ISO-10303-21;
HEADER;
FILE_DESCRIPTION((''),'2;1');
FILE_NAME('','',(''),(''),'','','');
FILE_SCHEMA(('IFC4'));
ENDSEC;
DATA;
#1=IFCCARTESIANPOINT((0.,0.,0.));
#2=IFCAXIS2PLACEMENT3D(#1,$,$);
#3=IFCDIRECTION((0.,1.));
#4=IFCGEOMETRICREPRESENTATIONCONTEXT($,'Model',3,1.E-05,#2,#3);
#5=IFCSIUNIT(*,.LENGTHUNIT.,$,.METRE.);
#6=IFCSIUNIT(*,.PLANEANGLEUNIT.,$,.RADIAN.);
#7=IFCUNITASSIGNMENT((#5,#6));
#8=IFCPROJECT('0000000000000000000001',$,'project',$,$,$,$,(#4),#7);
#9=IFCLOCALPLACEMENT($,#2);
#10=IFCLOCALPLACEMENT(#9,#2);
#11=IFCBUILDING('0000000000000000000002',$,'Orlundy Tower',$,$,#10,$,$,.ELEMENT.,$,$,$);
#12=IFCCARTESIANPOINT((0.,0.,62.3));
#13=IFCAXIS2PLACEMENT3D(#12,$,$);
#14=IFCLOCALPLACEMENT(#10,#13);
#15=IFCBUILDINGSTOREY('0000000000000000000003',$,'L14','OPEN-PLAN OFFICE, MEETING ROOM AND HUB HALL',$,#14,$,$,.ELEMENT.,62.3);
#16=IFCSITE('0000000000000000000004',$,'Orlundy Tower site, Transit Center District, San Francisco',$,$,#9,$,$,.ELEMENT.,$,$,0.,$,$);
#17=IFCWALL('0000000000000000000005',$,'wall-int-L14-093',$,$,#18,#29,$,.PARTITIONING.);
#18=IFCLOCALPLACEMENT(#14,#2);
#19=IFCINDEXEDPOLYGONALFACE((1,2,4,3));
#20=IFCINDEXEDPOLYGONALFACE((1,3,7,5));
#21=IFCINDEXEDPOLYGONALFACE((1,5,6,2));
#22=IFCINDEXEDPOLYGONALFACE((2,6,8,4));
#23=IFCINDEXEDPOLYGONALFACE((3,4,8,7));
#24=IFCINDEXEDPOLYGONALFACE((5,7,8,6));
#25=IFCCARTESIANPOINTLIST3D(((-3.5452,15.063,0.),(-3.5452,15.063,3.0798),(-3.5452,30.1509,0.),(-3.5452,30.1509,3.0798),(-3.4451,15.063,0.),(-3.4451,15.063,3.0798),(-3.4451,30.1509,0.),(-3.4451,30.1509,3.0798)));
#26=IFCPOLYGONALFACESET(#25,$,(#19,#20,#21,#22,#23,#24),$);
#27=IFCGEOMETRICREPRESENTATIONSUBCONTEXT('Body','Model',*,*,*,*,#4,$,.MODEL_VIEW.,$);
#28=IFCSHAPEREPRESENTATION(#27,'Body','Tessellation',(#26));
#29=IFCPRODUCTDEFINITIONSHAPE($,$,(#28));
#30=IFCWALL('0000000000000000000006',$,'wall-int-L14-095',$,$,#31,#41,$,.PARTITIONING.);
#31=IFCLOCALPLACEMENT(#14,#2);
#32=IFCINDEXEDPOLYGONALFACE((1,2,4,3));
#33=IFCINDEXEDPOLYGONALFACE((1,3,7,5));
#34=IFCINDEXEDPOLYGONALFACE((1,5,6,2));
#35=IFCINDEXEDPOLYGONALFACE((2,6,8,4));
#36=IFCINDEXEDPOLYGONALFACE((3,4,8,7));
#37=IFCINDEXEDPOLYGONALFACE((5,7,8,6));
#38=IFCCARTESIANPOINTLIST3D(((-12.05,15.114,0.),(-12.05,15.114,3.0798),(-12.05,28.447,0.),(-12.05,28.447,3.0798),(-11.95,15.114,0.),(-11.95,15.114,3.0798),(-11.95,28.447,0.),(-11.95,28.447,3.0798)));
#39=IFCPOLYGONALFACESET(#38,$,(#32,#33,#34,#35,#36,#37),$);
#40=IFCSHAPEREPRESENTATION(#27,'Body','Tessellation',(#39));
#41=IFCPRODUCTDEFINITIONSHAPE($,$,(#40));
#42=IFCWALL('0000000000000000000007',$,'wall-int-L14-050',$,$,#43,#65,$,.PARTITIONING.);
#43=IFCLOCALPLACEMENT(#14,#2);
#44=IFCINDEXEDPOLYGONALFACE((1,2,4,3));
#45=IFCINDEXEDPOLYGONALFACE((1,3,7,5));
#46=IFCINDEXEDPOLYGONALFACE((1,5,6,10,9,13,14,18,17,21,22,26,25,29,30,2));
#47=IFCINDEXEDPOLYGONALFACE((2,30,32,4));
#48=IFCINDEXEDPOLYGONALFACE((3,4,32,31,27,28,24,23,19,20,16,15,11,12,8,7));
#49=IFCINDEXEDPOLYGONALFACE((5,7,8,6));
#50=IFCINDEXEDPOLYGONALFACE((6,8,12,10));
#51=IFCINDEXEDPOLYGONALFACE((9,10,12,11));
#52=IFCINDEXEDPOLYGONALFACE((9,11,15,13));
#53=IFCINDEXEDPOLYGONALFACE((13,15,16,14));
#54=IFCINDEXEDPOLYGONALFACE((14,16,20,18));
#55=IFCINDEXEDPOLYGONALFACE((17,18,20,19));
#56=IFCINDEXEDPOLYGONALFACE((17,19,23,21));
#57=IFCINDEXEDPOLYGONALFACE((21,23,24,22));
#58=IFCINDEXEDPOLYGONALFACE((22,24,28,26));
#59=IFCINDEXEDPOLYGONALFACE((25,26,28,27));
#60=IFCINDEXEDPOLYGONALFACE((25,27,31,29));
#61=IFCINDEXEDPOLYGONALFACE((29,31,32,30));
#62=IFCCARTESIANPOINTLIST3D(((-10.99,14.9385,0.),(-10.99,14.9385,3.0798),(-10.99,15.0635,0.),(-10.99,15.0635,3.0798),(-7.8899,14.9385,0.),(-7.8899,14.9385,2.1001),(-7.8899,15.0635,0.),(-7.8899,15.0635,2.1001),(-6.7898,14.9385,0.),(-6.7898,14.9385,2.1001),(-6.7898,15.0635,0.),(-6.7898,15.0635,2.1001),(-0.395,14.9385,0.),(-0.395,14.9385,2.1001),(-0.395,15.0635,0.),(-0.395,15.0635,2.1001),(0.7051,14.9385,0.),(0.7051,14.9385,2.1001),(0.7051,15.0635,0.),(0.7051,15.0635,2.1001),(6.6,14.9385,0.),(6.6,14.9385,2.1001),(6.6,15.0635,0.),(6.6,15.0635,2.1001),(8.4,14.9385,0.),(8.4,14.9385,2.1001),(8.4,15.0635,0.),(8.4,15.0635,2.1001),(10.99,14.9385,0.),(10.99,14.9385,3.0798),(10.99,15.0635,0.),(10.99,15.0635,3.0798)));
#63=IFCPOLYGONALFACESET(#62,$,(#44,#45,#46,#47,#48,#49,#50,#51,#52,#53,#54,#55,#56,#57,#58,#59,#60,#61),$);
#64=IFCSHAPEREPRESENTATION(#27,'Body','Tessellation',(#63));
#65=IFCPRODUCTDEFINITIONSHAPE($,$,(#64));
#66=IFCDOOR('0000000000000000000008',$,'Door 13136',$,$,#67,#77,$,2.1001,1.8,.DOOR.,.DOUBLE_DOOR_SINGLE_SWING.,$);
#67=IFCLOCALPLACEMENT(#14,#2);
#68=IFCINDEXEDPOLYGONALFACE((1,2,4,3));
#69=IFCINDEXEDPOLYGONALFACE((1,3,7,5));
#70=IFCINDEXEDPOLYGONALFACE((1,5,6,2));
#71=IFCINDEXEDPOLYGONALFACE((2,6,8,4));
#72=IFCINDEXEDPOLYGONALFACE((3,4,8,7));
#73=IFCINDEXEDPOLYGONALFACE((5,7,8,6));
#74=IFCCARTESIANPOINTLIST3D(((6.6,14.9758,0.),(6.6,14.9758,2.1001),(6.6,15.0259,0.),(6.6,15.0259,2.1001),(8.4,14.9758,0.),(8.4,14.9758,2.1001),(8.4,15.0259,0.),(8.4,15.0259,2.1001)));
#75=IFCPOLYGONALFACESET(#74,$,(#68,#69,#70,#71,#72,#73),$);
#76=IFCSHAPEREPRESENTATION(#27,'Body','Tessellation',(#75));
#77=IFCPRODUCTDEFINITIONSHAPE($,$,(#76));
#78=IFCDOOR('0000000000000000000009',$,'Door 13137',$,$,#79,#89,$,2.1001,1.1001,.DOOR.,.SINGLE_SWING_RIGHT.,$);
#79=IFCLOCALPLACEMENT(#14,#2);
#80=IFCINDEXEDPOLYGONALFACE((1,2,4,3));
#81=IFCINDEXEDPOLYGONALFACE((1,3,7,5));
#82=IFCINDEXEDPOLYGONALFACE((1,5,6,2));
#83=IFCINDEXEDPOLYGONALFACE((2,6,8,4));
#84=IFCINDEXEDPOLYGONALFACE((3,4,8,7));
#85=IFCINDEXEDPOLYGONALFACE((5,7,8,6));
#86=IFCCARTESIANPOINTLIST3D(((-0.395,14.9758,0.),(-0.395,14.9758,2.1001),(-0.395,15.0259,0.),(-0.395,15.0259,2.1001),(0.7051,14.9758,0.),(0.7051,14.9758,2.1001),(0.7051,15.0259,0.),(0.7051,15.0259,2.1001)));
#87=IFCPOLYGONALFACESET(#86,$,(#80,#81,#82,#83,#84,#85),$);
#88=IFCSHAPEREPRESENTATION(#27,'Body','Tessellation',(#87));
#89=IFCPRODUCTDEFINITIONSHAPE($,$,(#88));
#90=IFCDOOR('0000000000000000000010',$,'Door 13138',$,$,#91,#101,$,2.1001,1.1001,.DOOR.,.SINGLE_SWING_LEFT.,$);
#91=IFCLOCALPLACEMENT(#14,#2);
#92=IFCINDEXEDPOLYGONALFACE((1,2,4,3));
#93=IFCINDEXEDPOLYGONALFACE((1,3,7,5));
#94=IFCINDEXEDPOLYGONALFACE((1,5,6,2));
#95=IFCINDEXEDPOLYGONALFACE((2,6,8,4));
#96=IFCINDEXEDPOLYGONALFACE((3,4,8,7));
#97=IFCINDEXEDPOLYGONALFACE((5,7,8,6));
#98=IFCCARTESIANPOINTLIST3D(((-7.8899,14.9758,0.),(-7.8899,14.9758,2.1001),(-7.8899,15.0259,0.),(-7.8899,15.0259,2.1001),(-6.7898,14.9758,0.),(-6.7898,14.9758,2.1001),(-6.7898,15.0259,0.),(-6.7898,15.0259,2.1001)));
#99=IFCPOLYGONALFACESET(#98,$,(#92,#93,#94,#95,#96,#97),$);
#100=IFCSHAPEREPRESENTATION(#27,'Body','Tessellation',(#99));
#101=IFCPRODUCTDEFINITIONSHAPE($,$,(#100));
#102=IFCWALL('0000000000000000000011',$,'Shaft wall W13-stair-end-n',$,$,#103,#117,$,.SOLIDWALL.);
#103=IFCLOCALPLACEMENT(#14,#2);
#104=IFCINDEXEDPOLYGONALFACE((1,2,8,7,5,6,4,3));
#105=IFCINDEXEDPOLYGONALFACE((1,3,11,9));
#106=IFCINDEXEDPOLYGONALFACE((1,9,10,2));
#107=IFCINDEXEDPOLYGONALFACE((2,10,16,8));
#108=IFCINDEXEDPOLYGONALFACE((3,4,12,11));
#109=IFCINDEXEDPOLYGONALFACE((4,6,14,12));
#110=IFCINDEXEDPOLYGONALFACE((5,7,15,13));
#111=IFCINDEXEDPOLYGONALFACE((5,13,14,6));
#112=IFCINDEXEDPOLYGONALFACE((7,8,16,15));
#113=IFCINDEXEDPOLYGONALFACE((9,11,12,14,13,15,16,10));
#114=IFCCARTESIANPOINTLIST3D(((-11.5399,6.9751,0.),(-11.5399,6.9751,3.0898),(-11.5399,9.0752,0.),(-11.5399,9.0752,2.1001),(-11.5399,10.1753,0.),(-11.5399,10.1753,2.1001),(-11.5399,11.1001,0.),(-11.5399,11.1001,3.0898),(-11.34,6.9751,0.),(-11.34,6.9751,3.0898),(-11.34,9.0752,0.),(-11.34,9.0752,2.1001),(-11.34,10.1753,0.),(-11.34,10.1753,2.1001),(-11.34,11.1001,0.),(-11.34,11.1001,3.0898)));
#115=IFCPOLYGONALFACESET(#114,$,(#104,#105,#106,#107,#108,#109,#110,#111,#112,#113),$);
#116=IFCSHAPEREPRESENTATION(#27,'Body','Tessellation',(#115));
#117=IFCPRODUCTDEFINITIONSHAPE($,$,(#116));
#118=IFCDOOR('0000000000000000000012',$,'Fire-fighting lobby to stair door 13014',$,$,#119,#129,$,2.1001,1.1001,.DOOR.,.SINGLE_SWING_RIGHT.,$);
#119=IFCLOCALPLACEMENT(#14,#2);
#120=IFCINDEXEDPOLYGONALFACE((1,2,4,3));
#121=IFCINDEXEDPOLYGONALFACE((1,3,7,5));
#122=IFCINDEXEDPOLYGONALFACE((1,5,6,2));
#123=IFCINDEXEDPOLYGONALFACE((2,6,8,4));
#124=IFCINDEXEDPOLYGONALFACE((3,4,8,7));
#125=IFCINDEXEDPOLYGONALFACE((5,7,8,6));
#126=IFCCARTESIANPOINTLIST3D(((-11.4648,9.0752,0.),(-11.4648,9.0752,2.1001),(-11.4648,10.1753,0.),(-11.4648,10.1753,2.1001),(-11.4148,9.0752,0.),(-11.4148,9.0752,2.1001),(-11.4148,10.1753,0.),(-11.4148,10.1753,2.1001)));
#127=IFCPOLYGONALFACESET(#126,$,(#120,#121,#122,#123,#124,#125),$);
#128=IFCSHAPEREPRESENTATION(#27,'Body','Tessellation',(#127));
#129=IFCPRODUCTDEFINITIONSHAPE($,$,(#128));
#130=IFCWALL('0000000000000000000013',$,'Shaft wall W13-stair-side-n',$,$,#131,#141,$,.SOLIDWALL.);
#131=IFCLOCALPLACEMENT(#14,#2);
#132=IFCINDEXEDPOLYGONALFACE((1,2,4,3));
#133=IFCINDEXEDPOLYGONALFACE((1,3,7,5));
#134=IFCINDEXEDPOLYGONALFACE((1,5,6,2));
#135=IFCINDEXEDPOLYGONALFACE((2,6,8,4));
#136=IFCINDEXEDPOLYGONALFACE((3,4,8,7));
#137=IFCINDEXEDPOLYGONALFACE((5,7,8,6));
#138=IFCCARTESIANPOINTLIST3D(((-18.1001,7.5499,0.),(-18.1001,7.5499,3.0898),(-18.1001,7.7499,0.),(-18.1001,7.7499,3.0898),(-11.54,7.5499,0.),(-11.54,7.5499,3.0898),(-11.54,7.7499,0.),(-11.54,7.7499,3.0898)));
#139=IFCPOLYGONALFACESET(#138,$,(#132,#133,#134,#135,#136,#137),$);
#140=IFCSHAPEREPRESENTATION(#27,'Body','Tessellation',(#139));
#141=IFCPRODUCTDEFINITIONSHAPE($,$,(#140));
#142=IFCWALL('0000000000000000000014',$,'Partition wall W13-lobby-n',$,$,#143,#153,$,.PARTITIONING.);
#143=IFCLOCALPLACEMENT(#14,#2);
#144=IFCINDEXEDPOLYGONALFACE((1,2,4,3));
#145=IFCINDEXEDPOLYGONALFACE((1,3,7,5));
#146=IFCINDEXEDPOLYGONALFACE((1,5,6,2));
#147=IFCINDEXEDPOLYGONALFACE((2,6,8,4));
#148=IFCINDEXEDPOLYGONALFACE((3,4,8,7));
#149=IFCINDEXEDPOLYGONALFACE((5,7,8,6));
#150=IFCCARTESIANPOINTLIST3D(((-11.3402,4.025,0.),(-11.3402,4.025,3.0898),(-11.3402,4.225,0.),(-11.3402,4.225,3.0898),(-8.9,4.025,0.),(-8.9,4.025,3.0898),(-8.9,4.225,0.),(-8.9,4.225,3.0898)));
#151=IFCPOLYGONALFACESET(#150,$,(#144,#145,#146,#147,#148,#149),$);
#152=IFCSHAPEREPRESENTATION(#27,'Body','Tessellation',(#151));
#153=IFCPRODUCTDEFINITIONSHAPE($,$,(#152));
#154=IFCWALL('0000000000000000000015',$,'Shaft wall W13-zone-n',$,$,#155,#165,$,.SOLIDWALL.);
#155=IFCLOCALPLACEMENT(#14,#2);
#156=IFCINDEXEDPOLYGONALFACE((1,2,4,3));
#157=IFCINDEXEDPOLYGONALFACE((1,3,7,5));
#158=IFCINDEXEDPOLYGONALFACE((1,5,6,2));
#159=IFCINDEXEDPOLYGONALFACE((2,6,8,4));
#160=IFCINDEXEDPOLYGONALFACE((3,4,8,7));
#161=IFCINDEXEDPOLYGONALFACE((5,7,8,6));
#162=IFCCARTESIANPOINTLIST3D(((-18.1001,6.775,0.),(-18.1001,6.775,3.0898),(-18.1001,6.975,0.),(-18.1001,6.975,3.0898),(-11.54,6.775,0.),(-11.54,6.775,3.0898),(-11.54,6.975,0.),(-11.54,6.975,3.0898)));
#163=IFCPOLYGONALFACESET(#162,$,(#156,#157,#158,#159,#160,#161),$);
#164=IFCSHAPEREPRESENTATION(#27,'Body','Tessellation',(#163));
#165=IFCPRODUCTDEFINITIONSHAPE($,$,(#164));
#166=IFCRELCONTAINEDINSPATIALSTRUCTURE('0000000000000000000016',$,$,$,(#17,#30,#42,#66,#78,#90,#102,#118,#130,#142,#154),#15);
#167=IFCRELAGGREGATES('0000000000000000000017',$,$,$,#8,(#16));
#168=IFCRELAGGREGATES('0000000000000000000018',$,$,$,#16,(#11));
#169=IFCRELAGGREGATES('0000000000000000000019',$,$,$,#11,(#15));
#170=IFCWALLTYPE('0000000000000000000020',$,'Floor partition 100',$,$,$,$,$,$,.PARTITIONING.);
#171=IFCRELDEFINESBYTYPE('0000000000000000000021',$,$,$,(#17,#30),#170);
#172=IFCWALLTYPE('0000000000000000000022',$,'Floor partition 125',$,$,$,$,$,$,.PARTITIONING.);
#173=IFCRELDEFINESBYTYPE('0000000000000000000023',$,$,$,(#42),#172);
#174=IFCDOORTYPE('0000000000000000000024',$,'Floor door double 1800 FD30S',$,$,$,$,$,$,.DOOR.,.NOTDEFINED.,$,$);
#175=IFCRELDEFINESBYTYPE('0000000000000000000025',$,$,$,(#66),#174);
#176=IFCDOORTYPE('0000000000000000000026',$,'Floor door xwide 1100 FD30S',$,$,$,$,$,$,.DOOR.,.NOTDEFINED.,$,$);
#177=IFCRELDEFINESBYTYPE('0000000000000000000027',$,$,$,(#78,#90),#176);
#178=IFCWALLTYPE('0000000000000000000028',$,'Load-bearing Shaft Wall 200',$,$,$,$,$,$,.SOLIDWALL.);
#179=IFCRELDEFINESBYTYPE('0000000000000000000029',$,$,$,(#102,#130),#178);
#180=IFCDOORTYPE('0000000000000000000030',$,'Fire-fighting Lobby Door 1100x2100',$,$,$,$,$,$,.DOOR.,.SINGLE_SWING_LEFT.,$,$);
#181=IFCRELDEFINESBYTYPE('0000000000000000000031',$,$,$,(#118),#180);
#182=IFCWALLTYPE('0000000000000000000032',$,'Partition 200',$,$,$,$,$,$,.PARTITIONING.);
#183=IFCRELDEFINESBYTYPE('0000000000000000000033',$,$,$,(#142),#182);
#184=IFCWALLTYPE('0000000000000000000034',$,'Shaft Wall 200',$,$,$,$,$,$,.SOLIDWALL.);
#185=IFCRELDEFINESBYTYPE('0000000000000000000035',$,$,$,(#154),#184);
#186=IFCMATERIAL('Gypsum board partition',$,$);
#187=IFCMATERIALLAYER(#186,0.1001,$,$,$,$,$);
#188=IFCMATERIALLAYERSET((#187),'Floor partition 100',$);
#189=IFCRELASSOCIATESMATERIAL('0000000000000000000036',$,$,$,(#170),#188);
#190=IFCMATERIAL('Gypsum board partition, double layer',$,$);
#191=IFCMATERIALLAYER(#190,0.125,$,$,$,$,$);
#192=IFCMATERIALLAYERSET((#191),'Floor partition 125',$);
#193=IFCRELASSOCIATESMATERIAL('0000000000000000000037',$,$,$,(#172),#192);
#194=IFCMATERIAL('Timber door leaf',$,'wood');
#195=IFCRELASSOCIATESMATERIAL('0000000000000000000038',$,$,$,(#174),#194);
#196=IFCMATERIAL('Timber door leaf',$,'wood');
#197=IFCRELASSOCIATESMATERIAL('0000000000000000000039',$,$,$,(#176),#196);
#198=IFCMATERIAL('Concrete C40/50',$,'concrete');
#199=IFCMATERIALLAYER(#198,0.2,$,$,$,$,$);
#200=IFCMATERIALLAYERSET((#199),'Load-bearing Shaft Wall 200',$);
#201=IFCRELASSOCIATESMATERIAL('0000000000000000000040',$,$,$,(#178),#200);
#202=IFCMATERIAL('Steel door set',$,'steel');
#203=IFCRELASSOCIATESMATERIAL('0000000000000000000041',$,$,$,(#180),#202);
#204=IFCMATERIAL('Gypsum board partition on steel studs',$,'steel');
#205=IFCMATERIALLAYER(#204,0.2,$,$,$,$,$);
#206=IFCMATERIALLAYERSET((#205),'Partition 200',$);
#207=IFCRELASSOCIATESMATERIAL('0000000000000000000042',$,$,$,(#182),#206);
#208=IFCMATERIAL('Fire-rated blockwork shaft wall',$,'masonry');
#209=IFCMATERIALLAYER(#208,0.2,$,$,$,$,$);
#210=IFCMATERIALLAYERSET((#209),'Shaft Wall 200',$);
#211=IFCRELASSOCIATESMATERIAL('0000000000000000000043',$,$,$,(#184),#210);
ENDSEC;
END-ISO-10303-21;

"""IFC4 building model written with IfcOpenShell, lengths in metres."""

from ifc_helpers import new_model, si_unit, direction, frame, frame_2d, origin, place, context, subcontext, project, spatial, rectangle, extrude, material, layer, layer_set, type_object, element, fill, save


model = new_model("IFC4")

# Units and contexts
model_context = context("Model", 3, precision=1e-05, world=origin(), true_north=direction((0.0, 1.0)))
body_context = subcontext(model_context, "Body", "Model", "MODEL_VIEW")
ifc_project = project(units=[si_unit("LENGTHUNIT", "METRE"), si_unit("PLANEANGLEUNIT", "RADIAN")], contexts=[model_context])

# Site, building, storey
site_placement = place(None, origin())
site = spatial("IfcSite", under=ifc_project, at=site_placement, Name="Orlundy Tower site, Transit Center District, San Francisco", CompositionType="ELEMENT", RefElevation=0.0)
building_placement = place(site_placement, origin())
building = spatial("IfcBuilding", under=site, at=building_placement, Name="Orlundy Tower", CompositionType="ELEMENT")
storey_placement = place(building_placement, frame((0.0, 0.0, 62.3)))
storey = spatial("IfcBuildingStorey", under=building, at=storey_placement, Name="L14", Description="OPEN-PLAN OFFICE, MEETING ROOM AND HUB HALL", CompositionType="ELEMENT", Elevation=62.3)

# Walls
ifc_material_1 = material(Name="Gypsum board partition")
ifc_layer_1 = layer(ifc_material_1, 0.1001)
ifc_layer_set_1 = layer_set([ifc_layer_1], Name="Floor partition 100")
wall_type_1 = type_object("IfcWallType", Name="Floor partition 100", PredefinedType="PARTITIONING", material=ifc_layer_set_1)
wall_1_placement = place(storey_placement, frame((-3.4951, 15.063, 0.0), z_axis=(0.0, 0.0, 1.0), x_axis=(0.0, 1.0, 0.0)))
element("IfcWall", 1, at=wall_1_placement, inside=storey, type_object=wall_type_1, Name="wall-int-L14-093", PredefinedType="PARTITIONING", context=body_context, shape_type="SweptSolid", body=[
    extrude(rectangle(XDim=15.0879, YDim=0.1001, at=frame_2d((7.5439, 0.0))), origin(), (0.0, 0.0, 1.0), 3.0798),
])
wall_2_placement = place(storey_placement, frame((-12.0, 15.114, 0.0), z_axis=(0.0, 0.0, 1.0), x_axis=(0.0, 1.0, 0.0)))
element("IfcWall", 2, at=wall_2_placement, inside=storey, type_object=wall_type_1, Name="wall-int-L14-095", PredefinedType="PARTITIONING", context=body_context, shape_type="SweptSolid", body=[
    extrude(rectangle(XDim=13.333, YDim=0.1001, at=frame_2d((6.6665, 0.0))), origin(), (0.0, 0.0, 1.0), 3.0798),
])

# Wall, openings, doors
ifc_material_2 = material(Name="Gypsum board partition, double layer")
ifc_layer_2 = layer(ifc_material_2, 0.125)
ifc_layer_set_2 = layer_set([ifc_layer_2], Name="Floor partition 125")
wall_type_2 = type_object("IfcWallType", Name="Floor partition 125", PredefinedType="PARTITIONING", material=ifc_layer_set_2)
wall_3_placement = place(storey_placement, frame((-10.99, 15.001, 0.0), z_axis=(0.0, 0.0, 1.0), x_axis=(1.0, 0.0, 0.0)))
wall_3 = element("IfcWall", 3, at=wall_3_placement, inside=storey, type_object=wall_type_2, Name="wall-int-L14-050", PredefinedType="PARTITIONING", context=body_context, shape_type="SweptSolid", body=[
    extrude(rectangle(XDim=21.98, YDim=0.125, at=frame_2d((10.99, 0.0))), origin(), (0.0, 0.0, 1.0), 3.0798),
])
opening_1_placement = place(wall_3_placement, frame((17.5901, 0.0, 0.0)))
opening_1 = element("IfcOpeningElement", 4, at=opening_1_placement, cuts=wall_3, PredefinedType="OPENING", context=body_context, shape_type="SweptSolid", body=[
    extrude(rectangle(XDim=1.8, YDim=2.1001, at=frame_2d((0.8999, 1.05))), frame((0.0, 0.0725, 0.0), z_axis=(0.0, -1.0, 0.0), x_axis=(1.0, 0.0, 0.0)), (0.0, 0.0, 1.0), 0.145),
])
opening_2_placement = place(wall_3_placement, frame((10.595, 0.0, 0.0)))
opening_2 = element("IfcOpeningElement", 5, at=opening_2_placement, cuts=wall_3, PredefinedType="OPENING", context=body_context, shape_type="SweptSolid", body=[
    extrude(rectangle(XDim=1.1001, YDim=2.1001, at=frame_2d((0.55, 1.05))), frame((0.0, 0.0725, 0.0), z_axis=(0.0, -1.0, 0.0), x_axis=(1.0, 0.0, 0.0)), (0.0, 0.0, 1.0), 0.145),
])
opening_3_placement = place(wall_3_placement, frame((3.1001, 0.0, 0.0)))
opening_3 = element("IfcOpeningElement", 6, at=opening_3_placement, cuts=wall_3, PredefinedType="OPENING", context=body_context, shape_type="SweptSolid", body=[
    extrude(rectangle(XDim=1.1001, YDim=2.1001, at=frame_2d((0.55, 1.05))), frame((0.0, 0.0725, 0.0), z_axis=(0.0, -1.0, 0.0), x_axis=(1.0, 0.0, 0.0)), (0.0, 0.0, 1.0), 0.145),
])
ifc_material_3 = material(Name="Timber door leaf", Category="wood")
door_type_1 = type_object("IfcDoorType", Name="Floor door double 1800 FD30S", OperationType="NOTDEFINED", PredefinedType="DOOR", material=ifc_material_3)
door_1_placement = place(opening_1_placement, origin())
door_1 = element("IfcDoor", 7, at=door_1_placement, inside=storey, type_object=door_type_1, Name="Door 13136", OperationType="DOUBLE_DOOR_SINGLE_SWING", OverallHeight=2.1001, OverallWidth=1.8, PredefinedType="DOOR", context=body_context, shape_type="SweptSolid", body=[
    extrude(rectangle(XDim=1.8, YDim=2.1001, at=frame_2d((0.8999, 1.05))), frame((0.0, 0.0249, 0.0), z_axis=(0.0, -1.0, 0.0), x_axis=(1.0, 0.0, 0.0)), (0.0, 0.0, 1.0), 0.05),
])
fill(opening_1, door_1)
ifc_material_4 = material(Name="Timber door leaf", Category="wood")
door_type_2 = type_object("IfcDoorType", Name="Floor door xwide 1100 FD30S", OperationType="NOTDEFINED", PredefinedType="DOOR", material=ifc_material_4)
door_2_placement = place(opening_2_placement, origin())
door_2 = element("IfcDoor", 8, at=door_2_placement, inside=storey, type_object=door_type_2, Name="Door 13137", OperationType="SINGLE_SWING_RIGHT", OverallHeight=2.1001, OverallWidth=1.1001, PredefinedType="DOOR", context=body_context, shape_type="SweptSolid", body=[
    extrude(rectangle(XDim=1.1001, YDim=2.1001, at=frame_2d((0.55, 1.05))), frame((0.0, 0.0249, 0.0), z_axis=(0.0, -1.0, 0.0), x_axis=(1.0, 0.0, 0.0)), (0.0, 0.0, 1.0), 0.05),
])
fill(opening_2, door_2)
door_3_placement = place(opening_3_placement, origin())
door_3 = element("IfcDoor", 9, at=door_3_placement, inside=storey, type_object=door_type_2, Name="Door 13138", OperationType="SINGLE_SWING_LEFT", OverallHeight=2.1001, OverallWidth=1.1001, PredefinedType="DOOR", context=body_context, shape_type="SweptSolid", body=[
    extrude(rectangle(XDim=1.1001, YDim=2.1001, at=frame_2d((0.55, 1.05))), frame((0.0, 0.0249, 0.0), z_axis=(0.0, -1.0, 0.0), x_axis=(1.0, 0.0, 0.0)), (0.0, 0.0, 1.0), 0.05),
])
fill(opening_3, door_3)

# Wall, opening, door
ifc_material_5 = material(Name="Concrete C40/50", Category="concrete")
ifc_layer_3 = layer(ifc_material_5, 0.2)
ifc_layer_set_3 = layer_set([ifc_layer_3], Name="Load-bearing Shaft Wall 200")
wall_type_3 = type_object("IfcWallType", Name="Load-bearing Shaft Wall 200", PredefinedType="SOLIDWALL", material=ifc_layer_set_3)
wall_4_placement = place(storey_placement, frame((-11.4399, 6.9751, 0.0), z_axis=(0.0, 0.0, 1.0), x_axis=(0.0, 1.0, 0.0)))
wall_4 = element("IfcWall", 10, at=wall_4_placement, inside=storey, type_object=wall_type_3, Name="Shaft wall W13-stair-end-n", PredefinedType="SOLIDWALL", context=body_context, shape_type="SweptSolid", body=[
    extrude(rectangle(XDim=4.125, YDim=0.2, at=frame_2d((2.0625, 0.0))), origin(), (0.0, 0.0, 1.0), 3.0898),
])
opening_4_placement = place(wall_4_placement, frame((2.1001, 0.0, 0.0)))
opening_4 = element("IfcOpeningElement", 11, at=opening_4_placement, cuts=wall_4, PredefinedType="OPENING", context=body_context, shape_type="SweptSolid", body=[
    extrude(rectangle(XDim=1.1001, YDim=2.1001, at=frame_2d((0.55, 1.05))), frame((0.0, 0.1101, 0.0), z_axis=(0.0, -1.0, 0.0), x_axis=(1.0, 0.0, 0.0)), (0.0, 0.0, 1.0), 0.2202),
])
ifc_material_6 = material(Name="Steel door set", Category="steel")
door_type_3 = type_object("IfcDoorType", Name="Fire-fighting Lobby Door 1100x2100", OperationType="SINGLE_SWING_LEFT", PredefinedType="DOOR", material=ifc_material_6)
door_4_placement = place(opening_4_placement, origin())
door_4 = element("IfcDoor", 12, at=door_4_placement, inside=storey, type_object=door_type_3, Name="Fire-fighting lobby to stair door 13014", OperationType="SINGLE_SWING_RIGHT", OverallHeight=2.1001, OverallWidth=1.1001, PredefinedType="DOOR", context=body_context, shape_type="SweptSolid", body=[
    extrude(rectangle(XDim=1.1001, YDim=2.1001, at=frame_2d((0.55, 1.05))), frame((0.0, 0.0249, 0.0), z_axis=(0.0, -1.0, 0.0), x_axis=(1.0, 0.0, 0.0)), (0.0, 0.0, 1.0), 0.05),
])
fill(opening_4, door_4)

# Walls
wall_5_placement = place(storey_placement, frame((-11.54, 7.6499, 0.0), z_axis=(0.0, 0.0, 1.0), x_axis=(-1.0, 0.0, 0.0)))
element("IfcWall", 13, at=wall_5_placement, inside=storey, type_object=wall_type_3, Name="Shaft wall W13-stair-side-n", PredefinedType="SOLIDWALL", context=body_context, shape_type="SweptSolid", body=[
    extrude(rectangle(XDim=6.5601, YDim=0.2, at=frame_2d((3.28, 0.0))), origin(), (0.0, 0.0, 1.0), 3.0898),
])
ifc_material_7 = material(Name="Gypsum board partition on steel studs", Category="steel")
ifc_layer_4 = layer(ifc_material_7, 0.2)
ifc_layer_set_4 = layer_set([ifc_layer_4], Name="Partition 200")
wall_type_4 = type_object("IfcWallType", Name="Partition 200", PredefinedType="PARTITIONING", material=ifc_layer_set_4)
wall_6_placement = place(storey_placement, frame((-8.8999, 4.125, 0.0), z_axis=(0.0, 0.0, 1.0), x_axis=(-1.0, 0.0, 0.0)))
element("IfcWall", 14, at=wall_6_placement, inside=storey, type_object=wall_type_4, Name="Partition wall W13-lobby-n", PredefinedType="PARTITIONING", context=body_context, shape_type="SweptSolid", body=[
    extrude(rectangle(XDim=2.4402, YDim=0.2, at=frame_2d((1.2202, 0.0))), origin(), (0.0, 0.0, 1.0), 3.0898),
])
ifc_material_8 = material(Name="Fire-rated blockwork shaft wall", Category="masonry")
ifc_layer_5 = layer(ifc_material_8, 0.2)
ifc_layer_set_5 = layer_set([ifc_layer_5], Name="Shaft Wall 200")
wall_type_5 = type_object("IfcWallType", Name="Shaft Wall 200", PredefinedType="SOLIDWALL", material=ifc_layer_set_5)
wall_7_placement = place(storey_placement, frame((-11.54, 6.875, 0.0), z_axis=(0.0, 0.0, 1.0), x_axis=(-1.0, 0.0, 0.0)))
element("IfcWall", 15, at=wall_7_placement, inside=storey, type_object=wall_type_5, Name="Shaft wall W13-zone-n", PredefinedType="SOLIDWALL", context=body_context, shape_type="SweptSolid", body=[
    extrude(rectangle(XDim=6.5601, YDim=0.2, at=frame_2d((3.28, 0.0))), origin(), (0.0, 0.0, 1.0), 3.0898),
])

save(model, "model.ifc")
